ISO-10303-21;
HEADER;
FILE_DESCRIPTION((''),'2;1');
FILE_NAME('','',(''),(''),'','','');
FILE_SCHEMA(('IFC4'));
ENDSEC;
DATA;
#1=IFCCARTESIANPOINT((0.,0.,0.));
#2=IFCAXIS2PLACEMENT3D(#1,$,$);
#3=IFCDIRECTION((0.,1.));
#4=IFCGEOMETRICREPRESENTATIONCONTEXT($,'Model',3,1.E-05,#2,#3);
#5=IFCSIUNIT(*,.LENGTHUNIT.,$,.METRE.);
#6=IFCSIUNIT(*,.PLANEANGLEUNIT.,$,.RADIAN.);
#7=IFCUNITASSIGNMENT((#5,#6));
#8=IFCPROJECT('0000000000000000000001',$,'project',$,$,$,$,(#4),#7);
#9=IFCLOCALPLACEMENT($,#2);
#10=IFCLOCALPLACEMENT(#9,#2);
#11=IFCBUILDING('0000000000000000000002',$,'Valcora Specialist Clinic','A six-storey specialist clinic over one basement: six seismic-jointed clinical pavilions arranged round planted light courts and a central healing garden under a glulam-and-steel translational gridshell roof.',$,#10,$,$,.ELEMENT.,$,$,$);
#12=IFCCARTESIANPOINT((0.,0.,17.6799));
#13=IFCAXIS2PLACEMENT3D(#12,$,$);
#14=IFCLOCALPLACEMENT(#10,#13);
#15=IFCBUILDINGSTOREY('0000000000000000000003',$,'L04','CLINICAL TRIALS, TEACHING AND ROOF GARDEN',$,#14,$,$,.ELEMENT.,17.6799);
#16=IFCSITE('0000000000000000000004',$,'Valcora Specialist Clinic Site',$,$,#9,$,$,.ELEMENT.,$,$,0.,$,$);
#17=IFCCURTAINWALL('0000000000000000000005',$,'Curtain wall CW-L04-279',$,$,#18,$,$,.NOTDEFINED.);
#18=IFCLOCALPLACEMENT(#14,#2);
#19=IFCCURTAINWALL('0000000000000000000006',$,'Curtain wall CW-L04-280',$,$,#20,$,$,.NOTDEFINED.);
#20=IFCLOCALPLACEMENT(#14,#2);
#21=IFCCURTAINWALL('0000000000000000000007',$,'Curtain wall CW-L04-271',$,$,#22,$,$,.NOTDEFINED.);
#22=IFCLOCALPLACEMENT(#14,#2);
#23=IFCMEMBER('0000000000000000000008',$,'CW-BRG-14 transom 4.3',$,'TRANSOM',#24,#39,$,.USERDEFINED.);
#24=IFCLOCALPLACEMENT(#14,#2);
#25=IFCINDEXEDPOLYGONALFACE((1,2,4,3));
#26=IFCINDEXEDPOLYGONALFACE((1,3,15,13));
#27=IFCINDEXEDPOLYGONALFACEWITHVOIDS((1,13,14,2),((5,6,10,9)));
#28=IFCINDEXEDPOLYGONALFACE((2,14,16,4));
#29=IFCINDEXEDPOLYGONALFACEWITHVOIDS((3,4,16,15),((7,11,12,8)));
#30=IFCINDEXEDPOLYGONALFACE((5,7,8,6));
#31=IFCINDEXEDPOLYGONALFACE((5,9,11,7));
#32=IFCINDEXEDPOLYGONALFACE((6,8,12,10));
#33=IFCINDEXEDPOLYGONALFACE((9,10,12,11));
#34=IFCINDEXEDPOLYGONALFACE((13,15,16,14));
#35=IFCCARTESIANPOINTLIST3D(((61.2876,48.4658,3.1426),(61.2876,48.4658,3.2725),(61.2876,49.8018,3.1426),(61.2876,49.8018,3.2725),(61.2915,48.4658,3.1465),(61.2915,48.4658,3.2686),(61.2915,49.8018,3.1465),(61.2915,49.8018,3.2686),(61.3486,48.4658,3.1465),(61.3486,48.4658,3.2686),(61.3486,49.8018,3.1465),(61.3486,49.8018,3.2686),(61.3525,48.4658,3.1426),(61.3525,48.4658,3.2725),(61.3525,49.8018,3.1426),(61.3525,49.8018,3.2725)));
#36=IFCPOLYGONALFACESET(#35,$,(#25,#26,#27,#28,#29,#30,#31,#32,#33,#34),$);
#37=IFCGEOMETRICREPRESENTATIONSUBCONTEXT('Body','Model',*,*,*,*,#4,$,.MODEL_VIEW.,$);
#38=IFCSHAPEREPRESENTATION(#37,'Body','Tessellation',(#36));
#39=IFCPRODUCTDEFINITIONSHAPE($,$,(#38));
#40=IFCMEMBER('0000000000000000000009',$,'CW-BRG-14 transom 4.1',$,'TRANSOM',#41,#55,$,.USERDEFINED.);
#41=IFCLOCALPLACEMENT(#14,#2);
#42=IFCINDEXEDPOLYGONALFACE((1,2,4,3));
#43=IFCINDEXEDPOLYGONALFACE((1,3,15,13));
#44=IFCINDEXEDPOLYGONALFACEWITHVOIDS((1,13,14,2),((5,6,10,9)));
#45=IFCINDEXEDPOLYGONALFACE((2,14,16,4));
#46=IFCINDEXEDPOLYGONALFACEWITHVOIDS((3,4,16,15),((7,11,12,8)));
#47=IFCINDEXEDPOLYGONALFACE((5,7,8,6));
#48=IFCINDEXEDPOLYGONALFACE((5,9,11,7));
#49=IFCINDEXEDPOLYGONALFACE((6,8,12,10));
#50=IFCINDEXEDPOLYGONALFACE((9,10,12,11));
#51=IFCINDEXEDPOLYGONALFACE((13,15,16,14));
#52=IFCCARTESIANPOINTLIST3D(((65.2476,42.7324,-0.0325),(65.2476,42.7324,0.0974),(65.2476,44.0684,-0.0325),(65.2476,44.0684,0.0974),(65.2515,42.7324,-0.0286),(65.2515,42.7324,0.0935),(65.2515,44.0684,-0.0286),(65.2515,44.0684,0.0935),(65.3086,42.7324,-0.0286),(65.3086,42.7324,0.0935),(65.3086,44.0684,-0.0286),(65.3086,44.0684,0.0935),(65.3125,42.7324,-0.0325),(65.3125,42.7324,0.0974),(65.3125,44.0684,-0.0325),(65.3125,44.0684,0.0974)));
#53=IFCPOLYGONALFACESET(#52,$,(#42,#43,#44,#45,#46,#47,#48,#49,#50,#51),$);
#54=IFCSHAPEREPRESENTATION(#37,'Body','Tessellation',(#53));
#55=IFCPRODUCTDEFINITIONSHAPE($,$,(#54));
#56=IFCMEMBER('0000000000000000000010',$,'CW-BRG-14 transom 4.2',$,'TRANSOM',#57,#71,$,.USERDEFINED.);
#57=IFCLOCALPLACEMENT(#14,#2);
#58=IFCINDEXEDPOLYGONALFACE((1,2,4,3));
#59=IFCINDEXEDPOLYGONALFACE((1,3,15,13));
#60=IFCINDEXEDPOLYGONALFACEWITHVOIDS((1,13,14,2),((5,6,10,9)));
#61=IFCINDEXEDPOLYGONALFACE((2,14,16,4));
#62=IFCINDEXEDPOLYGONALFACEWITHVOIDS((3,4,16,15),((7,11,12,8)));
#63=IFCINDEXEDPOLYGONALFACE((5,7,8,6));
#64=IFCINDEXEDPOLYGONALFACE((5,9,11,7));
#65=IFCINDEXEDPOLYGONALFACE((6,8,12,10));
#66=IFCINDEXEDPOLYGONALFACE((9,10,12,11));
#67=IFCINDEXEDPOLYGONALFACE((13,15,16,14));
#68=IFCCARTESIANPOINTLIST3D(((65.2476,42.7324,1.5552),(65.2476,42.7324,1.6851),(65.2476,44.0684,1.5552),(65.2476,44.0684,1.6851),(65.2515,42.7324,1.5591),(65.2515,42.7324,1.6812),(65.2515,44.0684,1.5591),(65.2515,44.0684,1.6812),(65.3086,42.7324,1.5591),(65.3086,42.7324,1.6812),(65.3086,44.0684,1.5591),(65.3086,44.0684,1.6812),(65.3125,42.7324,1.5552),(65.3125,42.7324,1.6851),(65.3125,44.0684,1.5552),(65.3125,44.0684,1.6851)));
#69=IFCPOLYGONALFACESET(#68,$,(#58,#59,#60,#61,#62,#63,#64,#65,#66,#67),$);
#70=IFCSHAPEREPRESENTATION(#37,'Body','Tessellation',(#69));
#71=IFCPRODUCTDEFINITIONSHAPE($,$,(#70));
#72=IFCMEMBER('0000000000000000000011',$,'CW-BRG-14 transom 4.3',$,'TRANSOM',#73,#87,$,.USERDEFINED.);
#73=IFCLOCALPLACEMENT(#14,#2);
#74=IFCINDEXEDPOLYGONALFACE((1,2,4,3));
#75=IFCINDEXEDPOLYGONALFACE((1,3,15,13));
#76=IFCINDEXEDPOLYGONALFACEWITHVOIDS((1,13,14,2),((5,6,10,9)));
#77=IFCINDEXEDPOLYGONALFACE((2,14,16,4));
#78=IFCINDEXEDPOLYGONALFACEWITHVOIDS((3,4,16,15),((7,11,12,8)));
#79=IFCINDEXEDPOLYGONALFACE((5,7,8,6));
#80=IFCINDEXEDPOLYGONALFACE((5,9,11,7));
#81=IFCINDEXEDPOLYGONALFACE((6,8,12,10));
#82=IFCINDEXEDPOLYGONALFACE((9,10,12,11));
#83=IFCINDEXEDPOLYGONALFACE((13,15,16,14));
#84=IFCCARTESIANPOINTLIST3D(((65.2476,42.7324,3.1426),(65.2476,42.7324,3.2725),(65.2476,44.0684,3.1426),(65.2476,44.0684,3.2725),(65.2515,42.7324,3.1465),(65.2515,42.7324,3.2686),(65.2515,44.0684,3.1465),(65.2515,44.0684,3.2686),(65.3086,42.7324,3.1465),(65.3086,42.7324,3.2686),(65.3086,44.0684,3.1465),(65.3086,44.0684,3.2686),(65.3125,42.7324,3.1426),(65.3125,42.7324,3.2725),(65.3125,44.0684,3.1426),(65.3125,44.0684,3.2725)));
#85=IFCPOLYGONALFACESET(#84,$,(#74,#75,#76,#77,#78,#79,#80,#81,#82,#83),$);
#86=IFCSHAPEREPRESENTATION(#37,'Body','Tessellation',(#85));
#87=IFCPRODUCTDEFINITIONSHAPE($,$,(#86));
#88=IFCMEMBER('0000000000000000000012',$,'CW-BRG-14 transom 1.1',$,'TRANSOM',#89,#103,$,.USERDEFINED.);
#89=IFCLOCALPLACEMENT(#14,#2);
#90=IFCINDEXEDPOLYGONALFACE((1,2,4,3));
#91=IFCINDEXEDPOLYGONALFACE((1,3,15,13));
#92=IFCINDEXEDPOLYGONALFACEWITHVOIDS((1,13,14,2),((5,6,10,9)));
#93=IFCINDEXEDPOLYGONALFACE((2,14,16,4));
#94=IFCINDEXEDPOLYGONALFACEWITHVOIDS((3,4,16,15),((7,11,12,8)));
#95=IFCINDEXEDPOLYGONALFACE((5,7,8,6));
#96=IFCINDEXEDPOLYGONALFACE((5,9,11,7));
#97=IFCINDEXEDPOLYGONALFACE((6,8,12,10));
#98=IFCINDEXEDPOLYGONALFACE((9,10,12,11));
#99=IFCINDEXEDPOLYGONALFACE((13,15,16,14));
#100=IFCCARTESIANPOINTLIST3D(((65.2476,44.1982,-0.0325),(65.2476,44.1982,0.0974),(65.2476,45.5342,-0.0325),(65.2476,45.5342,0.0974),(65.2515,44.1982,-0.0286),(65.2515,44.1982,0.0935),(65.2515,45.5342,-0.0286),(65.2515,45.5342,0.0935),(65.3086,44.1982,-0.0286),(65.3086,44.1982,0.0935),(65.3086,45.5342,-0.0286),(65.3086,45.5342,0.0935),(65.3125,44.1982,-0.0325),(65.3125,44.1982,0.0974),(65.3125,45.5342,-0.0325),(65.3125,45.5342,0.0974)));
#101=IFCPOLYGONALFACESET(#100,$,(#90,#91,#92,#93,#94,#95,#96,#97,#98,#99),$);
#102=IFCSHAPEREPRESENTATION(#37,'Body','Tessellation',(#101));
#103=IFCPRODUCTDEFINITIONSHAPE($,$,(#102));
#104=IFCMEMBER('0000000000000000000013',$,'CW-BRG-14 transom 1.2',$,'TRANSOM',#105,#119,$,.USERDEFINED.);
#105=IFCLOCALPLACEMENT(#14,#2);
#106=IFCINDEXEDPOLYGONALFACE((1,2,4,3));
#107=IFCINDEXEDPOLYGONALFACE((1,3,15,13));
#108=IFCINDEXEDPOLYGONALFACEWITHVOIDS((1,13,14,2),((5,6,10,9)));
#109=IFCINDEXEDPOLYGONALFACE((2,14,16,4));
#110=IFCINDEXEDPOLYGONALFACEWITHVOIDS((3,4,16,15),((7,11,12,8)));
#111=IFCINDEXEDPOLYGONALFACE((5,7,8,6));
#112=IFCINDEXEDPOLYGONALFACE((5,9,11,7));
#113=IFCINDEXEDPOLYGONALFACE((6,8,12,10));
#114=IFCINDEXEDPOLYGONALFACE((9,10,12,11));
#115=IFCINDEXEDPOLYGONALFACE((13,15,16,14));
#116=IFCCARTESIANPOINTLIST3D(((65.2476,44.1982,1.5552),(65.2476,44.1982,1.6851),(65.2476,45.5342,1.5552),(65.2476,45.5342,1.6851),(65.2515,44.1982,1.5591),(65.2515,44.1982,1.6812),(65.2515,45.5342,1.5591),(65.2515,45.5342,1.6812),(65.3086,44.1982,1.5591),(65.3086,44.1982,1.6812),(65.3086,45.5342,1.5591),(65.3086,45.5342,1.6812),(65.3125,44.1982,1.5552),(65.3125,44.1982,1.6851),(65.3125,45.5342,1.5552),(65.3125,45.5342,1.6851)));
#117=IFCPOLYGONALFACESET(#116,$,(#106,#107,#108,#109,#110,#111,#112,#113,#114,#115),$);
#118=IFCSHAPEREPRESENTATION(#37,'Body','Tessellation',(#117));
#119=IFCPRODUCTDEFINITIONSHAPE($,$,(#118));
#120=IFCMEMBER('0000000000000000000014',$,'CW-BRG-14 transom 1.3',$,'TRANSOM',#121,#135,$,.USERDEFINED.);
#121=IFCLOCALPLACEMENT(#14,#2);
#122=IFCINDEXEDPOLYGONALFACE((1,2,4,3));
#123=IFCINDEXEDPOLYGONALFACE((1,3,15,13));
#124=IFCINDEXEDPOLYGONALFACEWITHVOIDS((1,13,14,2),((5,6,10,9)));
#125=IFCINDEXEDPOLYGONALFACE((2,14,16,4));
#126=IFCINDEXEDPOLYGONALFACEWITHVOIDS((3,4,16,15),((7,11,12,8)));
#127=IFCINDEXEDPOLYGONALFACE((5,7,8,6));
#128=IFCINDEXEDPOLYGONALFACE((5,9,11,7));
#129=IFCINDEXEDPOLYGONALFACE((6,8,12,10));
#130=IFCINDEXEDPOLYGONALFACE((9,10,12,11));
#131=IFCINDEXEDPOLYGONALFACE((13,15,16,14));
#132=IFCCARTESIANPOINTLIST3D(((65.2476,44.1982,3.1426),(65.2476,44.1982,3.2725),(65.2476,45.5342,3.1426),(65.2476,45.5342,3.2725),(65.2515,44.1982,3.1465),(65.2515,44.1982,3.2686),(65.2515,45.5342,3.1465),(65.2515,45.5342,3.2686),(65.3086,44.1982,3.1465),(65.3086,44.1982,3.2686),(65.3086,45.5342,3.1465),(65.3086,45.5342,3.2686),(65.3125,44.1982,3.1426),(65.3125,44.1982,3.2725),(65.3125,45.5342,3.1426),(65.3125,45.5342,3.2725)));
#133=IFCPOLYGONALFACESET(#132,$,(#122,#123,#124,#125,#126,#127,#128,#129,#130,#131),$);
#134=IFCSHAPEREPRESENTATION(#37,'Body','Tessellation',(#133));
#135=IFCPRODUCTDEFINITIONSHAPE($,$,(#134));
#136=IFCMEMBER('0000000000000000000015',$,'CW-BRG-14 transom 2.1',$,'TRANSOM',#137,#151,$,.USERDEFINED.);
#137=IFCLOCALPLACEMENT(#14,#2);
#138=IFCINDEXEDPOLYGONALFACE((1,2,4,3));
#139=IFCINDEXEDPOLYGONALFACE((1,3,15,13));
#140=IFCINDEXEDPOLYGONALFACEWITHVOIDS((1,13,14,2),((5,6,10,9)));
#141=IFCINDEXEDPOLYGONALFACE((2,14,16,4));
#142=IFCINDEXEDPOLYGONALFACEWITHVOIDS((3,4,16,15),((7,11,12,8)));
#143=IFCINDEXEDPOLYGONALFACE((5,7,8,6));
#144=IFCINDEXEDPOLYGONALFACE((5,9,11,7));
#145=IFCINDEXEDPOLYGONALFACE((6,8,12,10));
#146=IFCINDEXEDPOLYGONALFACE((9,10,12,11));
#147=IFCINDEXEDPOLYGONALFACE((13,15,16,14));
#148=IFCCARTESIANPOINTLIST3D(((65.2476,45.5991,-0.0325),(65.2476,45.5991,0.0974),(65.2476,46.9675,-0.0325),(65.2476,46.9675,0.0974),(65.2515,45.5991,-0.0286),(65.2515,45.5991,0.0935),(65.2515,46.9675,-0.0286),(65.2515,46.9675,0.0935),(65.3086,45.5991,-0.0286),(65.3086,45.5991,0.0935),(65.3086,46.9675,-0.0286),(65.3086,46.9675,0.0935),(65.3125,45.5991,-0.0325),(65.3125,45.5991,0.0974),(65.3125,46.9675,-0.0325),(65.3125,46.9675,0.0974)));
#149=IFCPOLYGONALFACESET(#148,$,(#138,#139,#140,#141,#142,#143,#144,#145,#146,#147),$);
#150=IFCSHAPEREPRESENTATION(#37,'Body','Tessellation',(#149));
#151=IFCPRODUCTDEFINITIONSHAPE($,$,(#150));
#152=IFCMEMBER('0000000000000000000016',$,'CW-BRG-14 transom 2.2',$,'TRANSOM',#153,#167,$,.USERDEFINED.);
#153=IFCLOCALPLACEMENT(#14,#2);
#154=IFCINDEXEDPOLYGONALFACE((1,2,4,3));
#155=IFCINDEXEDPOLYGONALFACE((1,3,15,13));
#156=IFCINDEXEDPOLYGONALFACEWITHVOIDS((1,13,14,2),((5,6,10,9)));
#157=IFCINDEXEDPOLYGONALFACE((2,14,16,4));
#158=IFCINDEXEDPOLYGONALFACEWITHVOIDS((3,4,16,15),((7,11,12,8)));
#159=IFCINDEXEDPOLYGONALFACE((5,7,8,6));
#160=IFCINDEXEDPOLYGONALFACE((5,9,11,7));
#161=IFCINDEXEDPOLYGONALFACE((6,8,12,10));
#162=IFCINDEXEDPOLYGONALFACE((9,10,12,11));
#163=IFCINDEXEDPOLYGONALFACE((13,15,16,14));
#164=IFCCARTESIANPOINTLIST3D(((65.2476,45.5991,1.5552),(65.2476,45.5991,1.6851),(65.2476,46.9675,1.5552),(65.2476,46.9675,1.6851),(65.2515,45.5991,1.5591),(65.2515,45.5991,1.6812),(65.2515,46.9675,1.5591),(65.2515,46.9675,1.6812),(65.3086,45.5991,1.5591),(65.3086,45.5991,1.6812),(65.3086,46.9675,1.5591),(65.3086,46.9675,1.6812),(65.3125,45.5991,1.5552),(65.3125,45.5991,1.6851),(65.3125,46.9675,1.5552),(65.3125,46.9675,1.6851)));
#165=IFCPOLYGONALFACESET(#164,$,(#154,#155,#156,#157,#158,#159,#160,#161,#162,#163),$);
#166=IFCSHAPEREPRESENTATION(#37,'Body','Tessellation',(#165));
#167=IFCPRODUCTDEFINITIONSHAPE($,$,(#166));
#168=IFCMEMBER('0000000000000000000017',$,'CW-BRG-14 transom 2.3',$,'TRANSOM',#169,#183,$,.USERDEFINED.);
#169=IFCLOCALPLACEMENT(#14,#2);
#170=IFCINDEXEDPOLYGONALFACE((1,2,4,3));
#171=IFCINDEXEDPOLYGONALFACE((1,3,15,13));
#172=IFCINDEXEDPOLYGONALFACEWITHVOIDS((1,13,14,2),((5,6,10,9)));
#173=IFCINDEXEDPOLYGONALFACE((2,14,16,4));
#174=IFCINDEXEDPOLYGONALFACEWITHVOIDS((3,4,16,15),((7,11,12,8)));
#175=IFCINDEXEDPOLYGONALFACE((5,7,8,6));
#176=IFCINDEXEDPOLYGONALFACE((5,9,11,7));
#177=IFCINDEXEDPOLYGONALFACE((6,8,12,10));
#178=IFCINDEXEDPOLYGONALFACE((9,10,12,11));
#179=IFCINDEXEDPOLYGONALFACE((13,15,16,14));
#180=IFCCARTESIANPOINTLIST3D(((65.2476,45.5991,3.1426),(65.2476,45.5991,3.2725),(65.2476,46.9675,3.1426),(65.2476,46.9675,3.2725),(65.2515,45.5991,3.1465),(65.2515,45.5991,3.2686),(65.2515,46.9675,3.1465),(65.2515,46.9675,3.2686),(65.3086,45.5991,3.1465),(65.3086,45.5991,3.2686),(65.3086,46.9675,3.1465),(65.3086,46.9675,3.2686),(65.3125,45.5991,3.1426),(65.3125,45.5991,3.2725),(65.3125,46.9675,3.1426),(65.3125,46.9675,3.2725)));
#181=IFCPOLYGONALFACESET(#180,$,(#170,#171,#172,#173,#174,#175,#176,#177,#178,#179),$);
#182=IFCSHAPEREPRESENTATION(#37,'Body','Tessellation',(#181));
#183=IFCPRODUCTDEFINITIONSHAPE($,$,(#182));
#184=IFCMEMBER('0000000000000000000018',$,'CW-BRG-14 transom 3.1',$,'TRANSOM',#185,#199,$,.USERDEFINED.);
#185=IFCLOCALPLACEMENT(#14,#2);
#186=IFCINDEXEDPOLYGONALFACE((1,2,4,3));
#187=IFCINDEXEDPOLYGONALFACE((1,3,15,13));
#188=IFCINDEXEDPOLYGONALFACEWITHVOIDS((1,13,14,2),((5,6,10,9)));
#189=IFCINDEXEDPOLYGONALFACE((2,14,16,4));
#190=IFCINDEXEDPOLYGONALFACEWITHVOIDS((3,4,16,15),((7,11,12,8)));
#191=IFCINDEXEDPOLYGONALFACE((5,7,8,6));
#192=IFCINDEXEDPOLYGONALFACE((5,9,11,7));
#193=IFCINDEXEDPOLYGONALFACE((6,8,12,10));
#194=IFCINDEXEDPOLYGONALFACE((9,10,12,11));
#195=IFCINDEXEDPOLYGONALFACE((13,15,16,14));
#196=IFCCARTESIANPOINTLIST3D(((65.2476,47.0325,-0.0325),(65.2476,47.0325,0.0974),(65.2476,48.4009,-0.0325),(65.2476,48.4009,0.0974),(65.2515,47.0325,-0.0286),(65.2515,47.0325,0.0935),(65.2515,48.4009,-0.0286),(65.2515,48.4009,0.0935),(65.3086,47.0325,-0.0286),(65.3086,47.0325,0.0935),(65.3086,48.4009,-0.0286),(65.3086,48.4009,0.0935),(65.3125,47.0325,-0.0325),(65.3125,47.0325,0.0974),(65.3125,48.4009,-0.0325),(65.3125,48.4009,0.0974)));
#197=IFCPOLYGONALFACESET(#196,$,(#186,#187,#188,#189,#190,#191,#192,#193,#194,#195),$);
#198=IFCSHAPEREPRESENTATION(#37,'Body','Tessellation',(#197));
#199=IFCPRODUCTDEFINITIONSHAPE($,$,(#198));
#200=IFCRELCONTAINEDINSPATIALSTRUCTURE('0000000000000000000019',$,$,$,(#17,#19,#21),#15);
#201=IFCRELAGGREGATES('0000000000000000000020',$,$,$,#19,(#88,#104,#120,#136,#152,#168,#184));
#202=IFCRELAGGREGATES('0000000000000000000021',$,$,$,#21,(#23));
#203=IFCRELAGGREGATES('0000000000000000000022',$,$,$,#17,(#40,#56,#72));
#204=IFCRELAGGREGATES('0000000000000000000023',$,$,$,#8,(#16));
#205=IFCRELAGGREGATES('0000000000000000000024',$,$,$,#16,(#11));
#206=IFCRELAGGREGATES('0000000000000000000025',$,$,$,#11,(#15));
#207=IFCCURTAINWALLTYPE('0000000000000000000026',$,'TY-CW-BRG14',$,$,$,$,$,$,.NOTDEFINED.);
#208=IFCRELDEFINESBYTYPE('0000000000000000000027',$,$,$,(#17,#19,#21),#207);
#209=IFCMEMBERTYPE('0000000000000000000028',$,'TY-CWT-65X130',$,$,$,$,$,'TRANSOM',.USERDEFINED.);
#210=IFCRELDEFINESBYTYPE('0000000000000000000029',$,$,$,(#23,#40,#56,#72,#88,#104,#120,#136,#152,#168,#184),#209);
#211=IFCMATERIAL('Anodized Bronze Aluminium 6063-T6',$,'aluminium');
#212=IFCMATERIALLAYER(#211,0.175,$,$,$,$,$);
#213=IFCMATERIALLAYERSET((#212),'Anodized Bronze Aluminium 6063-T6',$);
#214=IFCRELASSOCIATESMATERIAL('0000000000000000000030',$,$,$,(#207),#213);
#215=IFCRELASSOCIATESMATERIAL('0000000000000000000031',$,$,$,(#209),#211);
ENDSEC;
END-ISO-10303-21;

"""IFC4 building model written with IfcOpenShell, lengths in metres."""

from ifc_helpers import new_model, si_unit, direction, frame, origin, origin_2d, place, context, subcontext, project, spatial, hollow_rectangle, extrude, material, layer, layer_set, material_profile, profile_set, type_object, element, aggregate, save


model = new_model("IFC4")

# Units and contexts
model_context = context("Model", 3, precision=1e-05, world=origin(), true_north=direction((0.0, 1.0)))
body_context = subcontext(model_context, "Body", "Model", "MODEL_VIEW")
ifc_project = project(units=[si_unit("LENGTHUNIT", "METRE"), si_unit("PLANEANGLEUNIT", "RADIAN")], contexts=[model_context])

# Site, building, storey
site_placement = place(None, origin())
site = spatial("IfcSite", under=ifc_project, at=site_placement, Name="Valcora Specialist Clinic Site", CompositionType="ELEMENT", RefElevation=0.0)
building_placement = place(site_placement, origin())
building = spatial("IfcBuilding", under=site, at=building_placement, Name="Valcora Specialist Clinic", Description="A six-storey specialist clinic over one basement: six seismic-jointed clinical pavilions arranged round planted light courts and a central healing garden under a glulam-and-steel translational gridshell roof.", CompositionType="ELEMENT")
storey_placement = place(building_placement, frame((0.0, 0.0, 17.6799)))
storey = spatial("IfcBuildingStorey", under=building, at=storey_placement, Name="L04", Description="CLINICAL TRIALS, TEACHING AND ROOF GARDEN", CompositionType="ELEMENT", Elevation=17.6799)

# Curtain walls, member
ifc_material_1 = material(Name="Anodized Bronze Aluminium 6063-T6", Category="aluminium")
ifc_layer_1 = layer(ifc_material_1, 0.175)
ifc_layer_set_1 = layer_set([ifc_layer_1], Name="Anodized Bronze Aluminium 6063-T6")
curtain_wall_type = type_object("IfcCurtainWallType", Name="TY-CW-BRG14", PredefinedType="NOTDEFINED", material=ifc_layer_set_1)
curtain_wall_1_placement = place(storey_placement, origin())
curtain_wall_1 = element("IfcCurtainWall", 1, at=curtain_wall_1_placement, inside=storey, type_object=curtain_wall_type, Name="Curtain wall CW-L04-279", PredefinedType="NOTDEFINED")
curtain_wall_2_placement = place(storey_placement, origin())
curtain_wall_2 = element("IfcCurtainWall", 2, at=curtain_wall_2_placement, inside=storey, type_object=curtain_wall_type, Name="Curtain wall CW-L04-280", PredefinedType="NOTDEFINED")
curtain_wall_3_placement = place(storey_placement, origin())
curtain_wall_3 = element("IfcCurtainWall", 3, at=curtain_wall_3_placement, inside=storey, type_object=curtain_wall_type, Name="Curtain wall CW-L04-271", PredefinedType="NOTDEFINED")
ifc_material_profile_1 = material_profile(ifc_material_1, hollow_rectangle(XDim=0.0649, YDim=0.1299, WallThickness=0.0039, at=origin_2d()), Name="AL-TRN-65X130")
ifc_profile_set_1 = profile_set([ifc_material_profile_1], Name="Anodized Bronze Aluminium 6063-T6")
member_type_1 = type_object("IfcMemberType", Name="TY-CWT-65X130", ElementType="TRANSOM", PredefinedType="USERDEFINED", material=ifc_profile_set_1)
member_1_placement = place(storey_placement, frame((61.3201, 48.4658, 3.2075), z_axis=(0.0, 1.0, 0.0), x_axis=(-1.0, 0.0, 0.0)))
member_1 = element("IfcMember", 4, at=member_1_placement, type_object=member_type_1, Name="CW-BRG-14 transom 4.3", ObjectType="TRANSOM", PredefinedType="USERDEFINED", context=body_context, shape_type="SweptSolid", body=[
    extrude(hollow_rectangle(XDim=0.0649, YDim=0.1299, WallThickness=0.0039, at=origin_2d()), origin(), (0.0, 0.0, 1.0), 1.3359),
])

# Members
member_2_placement = place(storey_placement, frame((65.28, 42.7324, 0.0325), z_axis=(0.0, 1.0, 0.0), x_axis=(-1.0, 0.0, 0.0)))
member_2 = element("IfcMember", 5, at=member_2_placement, type_object=member_type_1, Name="CW-BRG-14 transom 4.1", ObjectType="TRANSOM", PredefinedType="USERDEFINED", context=body_context, shape_type="SweptSolid", body=[
    extrude(hollow_rectangle(XDim=0.0649, YDim=0.1299, WallThickness=0.0039, at=origin_2d()), origin(), (0.0, 0.0, 1.0), 1.3359),
])
member_3_placement = place(storey_placement, frame((65.28, 42.7324, 1.6201), z_axis=(0.0, 1.0, 0.0), x_axis=(-1.0, 0.0, 0.0)))
member_3 = element("IfcMember", 6, at=member_3_placement, type_object=member_type_1, Name="CW-BRG-14 transom 4.2", ObjectType="TRANSOM", PredefinedType="USERDEFINED", context=body_context, shape_type="SweptSolid", body=[
    extrude(hollow_rectangle(XDim=0.0649, YDim=0.1299, WallThickness=0.0039, at=origin_2d()), origin(), (0.0, 0.0, 1.0), 1.3359),
])
member_4_placement = place(storey_placement, frame((65.28, 42.7324, 3.2075), z_axis=(0.0, 1.0, 0.0), x_axis=(-1.0, 0.0, 0.0)))
member_4 = element("IfcMember", 7, at=member_4_placement, type_object=member_type_1, Name="CW-BRG-14 transom 4.3", ObjectType="TRANSOM", PredefinedType="USERDEFINED", context=body_context, shape_type="SweptSolid", body=[
    extrude(hollow_rectangle(XDim=0.0649, YDim=0.1299, WallThickness=0.0039, at=origin_2d()), origin(), (0.0, 0.0, 1.0), 1.3359),
])
member_5_placement = place(storey_placement, frame((65.28, 44.1982, 0.0325), z_axis=(0.0, 1.0, 0.0), x_axis=(-1.0, 0.0, 0.0)))
member_5 = element("IfcMember", 8, at=member_5_placement, type_object=member_type_1, Name="CW-BRG-14 transom 1.1", ObjectType="TRANSOM", PredefinedType="USERDEFINED", context=body_context, shape_type="SweptSolid", body=[
    extrude(hollow_rectangle(XDim=0.0649, YDim=0.1299, WallThickness=0.0039, at=origin_2d()), origin(), (0.0, 0.0, 1.0), 1.3359),
])
member_6_placement = place(storey_placement, frame((65.28, 44.1982, 1.6201), z_axis=(0.0, 1.0, 0.0), x_axis=(-1.0, 0.0, 0.0)))
member_6 = element("IfcMember", 9, at=member_6_placement, type_object=member_type_1, Name="CW-BRG-14 transom 1.2", ObjectType="TRANSOM", PredefinedType="USERDEFINED", context=body_context, shape_type="SweptSolid", body=[
    extrude(hollow_rectangle(XDim=0.0649, YDim=0.1299, WallThickness=0.0039, at=origin_2d()), origin(), (0.0, 0.0, 1.0), 1.3359),
])
member_7_placement = place(storey_placement, frame((65.28, 44.1982, 3.2075), z_axis=(0.0, 1.0, 0.0), x_axis=(-1.0, 0.0, 0.0)))
member_7 = element("IfcMember", 10, at=member_7_placement, type_object=member_type_1, Name="CW-BRG-14 transom 1.3", ObjectType="TRANSOM", PredefinedType="USERDEFINED", context=body_context, shape_type="SweptSolid", body=[
    extrude(hollow_rectangle(XDim=0.0649, YDim=0.1299, WallThickness=0.0039, at=origin_2d()), origin(), (0.0, 0.0, 1.0), 1.3359),
])
member_8_placement = place(storey_placement, frame((65.28, 45.5991, 0.0325), z_axis=(0.0, 1.0, 0.0), x_axis=(-1.0, 0.0, 0.0)))
member_8 = element("IfcMember", 11, at=member_8_placement, type_object=member_type_1, Name="CW-BRG-14 transom 2.1", ObjectType="TRANSOM", PredefinedType="USERDEFINED", context=body_context, shape_type="SweptSolid", body=[
    extrude(hollow_rectangle(XDim=0.0649, YDim=0.1299, WallThickness=0.0039, at=origin_2d()), origin(), (0.0, 0.0, 1.0), 1.3684),
])
member_9_placement = place(storey_placement, frame((65.28, 45.5991, 1.6201), z_axis=(0.0, 1.0, 0.0), x_axis=(-1.0, 0.0, 0.0)))
member_9 = element("IfcMember", 12, at=member_9_placement, type_object=member_type_1, Name="CW-BRG-14 transom 2.2", ObjectType="TRANSOM", PredefinedType="USERDEFINED", context=body_context, shape_type="SweptSolid", body=[
    extrude(hollow_rectangle(XDim=0.0649, YDim=0.1299, WallThickness=0.0039, at=origin_2d()), origin(), (0.0, 0.0, 1.0), 1.3684),
])
member_10_placement = place(storey_placement, frame((65.28, 45.5991, 3.2075), z_axis=(0.0, 1.0, 0.0), x_axis=(-1.0, 0.0, 0.0)))
member_10 = element("IfcMember", 13, at=member_10_placement, type_object=member_type_1, Name="CW-BRG-14 transom 2.3", ObjectType="TRANSOM", PredefinedType="USERDEFINED", context=body_context, shape_type="SweptSolid", body=[
    extrude(hollow_rectangle(XDim=0.0649, YDim=0.1299, WallThickness=0.0039, at=origin_2d()), origin(), (0.0, 0.0, 1.0), 1.3684),
])
member_11_placement = place(storey_placement, frame((65.28, 47.0325, 0.0325), z_axis=(0.0, 1.0, 0.0), x_axis=(-1.0, 0.0, 0.0)))
member_11 = element("IfcMember", 14, at=member_11_placement, type_object=member_type_1, Name="CW-BRG-14 transom 3.1", ObjectType="TRANSOM", PredefinedType="USERDEFINED", context=body_context, shape_type="SweptSolid", body=[
    extrude(hollow_rectangle(XDim=0.0649, YDim=0.1299, WallThickness=0.0039, at=origin_2d()), origin(), (0.0, 0.0, 1.0), 1.3684),
])

aggregate(curtain_wall_2, [member_5, member_6, member_7, member_8, member_9, member_10, member_11])
aggregate(curtain_wall_3, [member_1])
aggregate(curtain_wall_1, [member_2, member_3, member_4])

save(model, "model.ifc")
